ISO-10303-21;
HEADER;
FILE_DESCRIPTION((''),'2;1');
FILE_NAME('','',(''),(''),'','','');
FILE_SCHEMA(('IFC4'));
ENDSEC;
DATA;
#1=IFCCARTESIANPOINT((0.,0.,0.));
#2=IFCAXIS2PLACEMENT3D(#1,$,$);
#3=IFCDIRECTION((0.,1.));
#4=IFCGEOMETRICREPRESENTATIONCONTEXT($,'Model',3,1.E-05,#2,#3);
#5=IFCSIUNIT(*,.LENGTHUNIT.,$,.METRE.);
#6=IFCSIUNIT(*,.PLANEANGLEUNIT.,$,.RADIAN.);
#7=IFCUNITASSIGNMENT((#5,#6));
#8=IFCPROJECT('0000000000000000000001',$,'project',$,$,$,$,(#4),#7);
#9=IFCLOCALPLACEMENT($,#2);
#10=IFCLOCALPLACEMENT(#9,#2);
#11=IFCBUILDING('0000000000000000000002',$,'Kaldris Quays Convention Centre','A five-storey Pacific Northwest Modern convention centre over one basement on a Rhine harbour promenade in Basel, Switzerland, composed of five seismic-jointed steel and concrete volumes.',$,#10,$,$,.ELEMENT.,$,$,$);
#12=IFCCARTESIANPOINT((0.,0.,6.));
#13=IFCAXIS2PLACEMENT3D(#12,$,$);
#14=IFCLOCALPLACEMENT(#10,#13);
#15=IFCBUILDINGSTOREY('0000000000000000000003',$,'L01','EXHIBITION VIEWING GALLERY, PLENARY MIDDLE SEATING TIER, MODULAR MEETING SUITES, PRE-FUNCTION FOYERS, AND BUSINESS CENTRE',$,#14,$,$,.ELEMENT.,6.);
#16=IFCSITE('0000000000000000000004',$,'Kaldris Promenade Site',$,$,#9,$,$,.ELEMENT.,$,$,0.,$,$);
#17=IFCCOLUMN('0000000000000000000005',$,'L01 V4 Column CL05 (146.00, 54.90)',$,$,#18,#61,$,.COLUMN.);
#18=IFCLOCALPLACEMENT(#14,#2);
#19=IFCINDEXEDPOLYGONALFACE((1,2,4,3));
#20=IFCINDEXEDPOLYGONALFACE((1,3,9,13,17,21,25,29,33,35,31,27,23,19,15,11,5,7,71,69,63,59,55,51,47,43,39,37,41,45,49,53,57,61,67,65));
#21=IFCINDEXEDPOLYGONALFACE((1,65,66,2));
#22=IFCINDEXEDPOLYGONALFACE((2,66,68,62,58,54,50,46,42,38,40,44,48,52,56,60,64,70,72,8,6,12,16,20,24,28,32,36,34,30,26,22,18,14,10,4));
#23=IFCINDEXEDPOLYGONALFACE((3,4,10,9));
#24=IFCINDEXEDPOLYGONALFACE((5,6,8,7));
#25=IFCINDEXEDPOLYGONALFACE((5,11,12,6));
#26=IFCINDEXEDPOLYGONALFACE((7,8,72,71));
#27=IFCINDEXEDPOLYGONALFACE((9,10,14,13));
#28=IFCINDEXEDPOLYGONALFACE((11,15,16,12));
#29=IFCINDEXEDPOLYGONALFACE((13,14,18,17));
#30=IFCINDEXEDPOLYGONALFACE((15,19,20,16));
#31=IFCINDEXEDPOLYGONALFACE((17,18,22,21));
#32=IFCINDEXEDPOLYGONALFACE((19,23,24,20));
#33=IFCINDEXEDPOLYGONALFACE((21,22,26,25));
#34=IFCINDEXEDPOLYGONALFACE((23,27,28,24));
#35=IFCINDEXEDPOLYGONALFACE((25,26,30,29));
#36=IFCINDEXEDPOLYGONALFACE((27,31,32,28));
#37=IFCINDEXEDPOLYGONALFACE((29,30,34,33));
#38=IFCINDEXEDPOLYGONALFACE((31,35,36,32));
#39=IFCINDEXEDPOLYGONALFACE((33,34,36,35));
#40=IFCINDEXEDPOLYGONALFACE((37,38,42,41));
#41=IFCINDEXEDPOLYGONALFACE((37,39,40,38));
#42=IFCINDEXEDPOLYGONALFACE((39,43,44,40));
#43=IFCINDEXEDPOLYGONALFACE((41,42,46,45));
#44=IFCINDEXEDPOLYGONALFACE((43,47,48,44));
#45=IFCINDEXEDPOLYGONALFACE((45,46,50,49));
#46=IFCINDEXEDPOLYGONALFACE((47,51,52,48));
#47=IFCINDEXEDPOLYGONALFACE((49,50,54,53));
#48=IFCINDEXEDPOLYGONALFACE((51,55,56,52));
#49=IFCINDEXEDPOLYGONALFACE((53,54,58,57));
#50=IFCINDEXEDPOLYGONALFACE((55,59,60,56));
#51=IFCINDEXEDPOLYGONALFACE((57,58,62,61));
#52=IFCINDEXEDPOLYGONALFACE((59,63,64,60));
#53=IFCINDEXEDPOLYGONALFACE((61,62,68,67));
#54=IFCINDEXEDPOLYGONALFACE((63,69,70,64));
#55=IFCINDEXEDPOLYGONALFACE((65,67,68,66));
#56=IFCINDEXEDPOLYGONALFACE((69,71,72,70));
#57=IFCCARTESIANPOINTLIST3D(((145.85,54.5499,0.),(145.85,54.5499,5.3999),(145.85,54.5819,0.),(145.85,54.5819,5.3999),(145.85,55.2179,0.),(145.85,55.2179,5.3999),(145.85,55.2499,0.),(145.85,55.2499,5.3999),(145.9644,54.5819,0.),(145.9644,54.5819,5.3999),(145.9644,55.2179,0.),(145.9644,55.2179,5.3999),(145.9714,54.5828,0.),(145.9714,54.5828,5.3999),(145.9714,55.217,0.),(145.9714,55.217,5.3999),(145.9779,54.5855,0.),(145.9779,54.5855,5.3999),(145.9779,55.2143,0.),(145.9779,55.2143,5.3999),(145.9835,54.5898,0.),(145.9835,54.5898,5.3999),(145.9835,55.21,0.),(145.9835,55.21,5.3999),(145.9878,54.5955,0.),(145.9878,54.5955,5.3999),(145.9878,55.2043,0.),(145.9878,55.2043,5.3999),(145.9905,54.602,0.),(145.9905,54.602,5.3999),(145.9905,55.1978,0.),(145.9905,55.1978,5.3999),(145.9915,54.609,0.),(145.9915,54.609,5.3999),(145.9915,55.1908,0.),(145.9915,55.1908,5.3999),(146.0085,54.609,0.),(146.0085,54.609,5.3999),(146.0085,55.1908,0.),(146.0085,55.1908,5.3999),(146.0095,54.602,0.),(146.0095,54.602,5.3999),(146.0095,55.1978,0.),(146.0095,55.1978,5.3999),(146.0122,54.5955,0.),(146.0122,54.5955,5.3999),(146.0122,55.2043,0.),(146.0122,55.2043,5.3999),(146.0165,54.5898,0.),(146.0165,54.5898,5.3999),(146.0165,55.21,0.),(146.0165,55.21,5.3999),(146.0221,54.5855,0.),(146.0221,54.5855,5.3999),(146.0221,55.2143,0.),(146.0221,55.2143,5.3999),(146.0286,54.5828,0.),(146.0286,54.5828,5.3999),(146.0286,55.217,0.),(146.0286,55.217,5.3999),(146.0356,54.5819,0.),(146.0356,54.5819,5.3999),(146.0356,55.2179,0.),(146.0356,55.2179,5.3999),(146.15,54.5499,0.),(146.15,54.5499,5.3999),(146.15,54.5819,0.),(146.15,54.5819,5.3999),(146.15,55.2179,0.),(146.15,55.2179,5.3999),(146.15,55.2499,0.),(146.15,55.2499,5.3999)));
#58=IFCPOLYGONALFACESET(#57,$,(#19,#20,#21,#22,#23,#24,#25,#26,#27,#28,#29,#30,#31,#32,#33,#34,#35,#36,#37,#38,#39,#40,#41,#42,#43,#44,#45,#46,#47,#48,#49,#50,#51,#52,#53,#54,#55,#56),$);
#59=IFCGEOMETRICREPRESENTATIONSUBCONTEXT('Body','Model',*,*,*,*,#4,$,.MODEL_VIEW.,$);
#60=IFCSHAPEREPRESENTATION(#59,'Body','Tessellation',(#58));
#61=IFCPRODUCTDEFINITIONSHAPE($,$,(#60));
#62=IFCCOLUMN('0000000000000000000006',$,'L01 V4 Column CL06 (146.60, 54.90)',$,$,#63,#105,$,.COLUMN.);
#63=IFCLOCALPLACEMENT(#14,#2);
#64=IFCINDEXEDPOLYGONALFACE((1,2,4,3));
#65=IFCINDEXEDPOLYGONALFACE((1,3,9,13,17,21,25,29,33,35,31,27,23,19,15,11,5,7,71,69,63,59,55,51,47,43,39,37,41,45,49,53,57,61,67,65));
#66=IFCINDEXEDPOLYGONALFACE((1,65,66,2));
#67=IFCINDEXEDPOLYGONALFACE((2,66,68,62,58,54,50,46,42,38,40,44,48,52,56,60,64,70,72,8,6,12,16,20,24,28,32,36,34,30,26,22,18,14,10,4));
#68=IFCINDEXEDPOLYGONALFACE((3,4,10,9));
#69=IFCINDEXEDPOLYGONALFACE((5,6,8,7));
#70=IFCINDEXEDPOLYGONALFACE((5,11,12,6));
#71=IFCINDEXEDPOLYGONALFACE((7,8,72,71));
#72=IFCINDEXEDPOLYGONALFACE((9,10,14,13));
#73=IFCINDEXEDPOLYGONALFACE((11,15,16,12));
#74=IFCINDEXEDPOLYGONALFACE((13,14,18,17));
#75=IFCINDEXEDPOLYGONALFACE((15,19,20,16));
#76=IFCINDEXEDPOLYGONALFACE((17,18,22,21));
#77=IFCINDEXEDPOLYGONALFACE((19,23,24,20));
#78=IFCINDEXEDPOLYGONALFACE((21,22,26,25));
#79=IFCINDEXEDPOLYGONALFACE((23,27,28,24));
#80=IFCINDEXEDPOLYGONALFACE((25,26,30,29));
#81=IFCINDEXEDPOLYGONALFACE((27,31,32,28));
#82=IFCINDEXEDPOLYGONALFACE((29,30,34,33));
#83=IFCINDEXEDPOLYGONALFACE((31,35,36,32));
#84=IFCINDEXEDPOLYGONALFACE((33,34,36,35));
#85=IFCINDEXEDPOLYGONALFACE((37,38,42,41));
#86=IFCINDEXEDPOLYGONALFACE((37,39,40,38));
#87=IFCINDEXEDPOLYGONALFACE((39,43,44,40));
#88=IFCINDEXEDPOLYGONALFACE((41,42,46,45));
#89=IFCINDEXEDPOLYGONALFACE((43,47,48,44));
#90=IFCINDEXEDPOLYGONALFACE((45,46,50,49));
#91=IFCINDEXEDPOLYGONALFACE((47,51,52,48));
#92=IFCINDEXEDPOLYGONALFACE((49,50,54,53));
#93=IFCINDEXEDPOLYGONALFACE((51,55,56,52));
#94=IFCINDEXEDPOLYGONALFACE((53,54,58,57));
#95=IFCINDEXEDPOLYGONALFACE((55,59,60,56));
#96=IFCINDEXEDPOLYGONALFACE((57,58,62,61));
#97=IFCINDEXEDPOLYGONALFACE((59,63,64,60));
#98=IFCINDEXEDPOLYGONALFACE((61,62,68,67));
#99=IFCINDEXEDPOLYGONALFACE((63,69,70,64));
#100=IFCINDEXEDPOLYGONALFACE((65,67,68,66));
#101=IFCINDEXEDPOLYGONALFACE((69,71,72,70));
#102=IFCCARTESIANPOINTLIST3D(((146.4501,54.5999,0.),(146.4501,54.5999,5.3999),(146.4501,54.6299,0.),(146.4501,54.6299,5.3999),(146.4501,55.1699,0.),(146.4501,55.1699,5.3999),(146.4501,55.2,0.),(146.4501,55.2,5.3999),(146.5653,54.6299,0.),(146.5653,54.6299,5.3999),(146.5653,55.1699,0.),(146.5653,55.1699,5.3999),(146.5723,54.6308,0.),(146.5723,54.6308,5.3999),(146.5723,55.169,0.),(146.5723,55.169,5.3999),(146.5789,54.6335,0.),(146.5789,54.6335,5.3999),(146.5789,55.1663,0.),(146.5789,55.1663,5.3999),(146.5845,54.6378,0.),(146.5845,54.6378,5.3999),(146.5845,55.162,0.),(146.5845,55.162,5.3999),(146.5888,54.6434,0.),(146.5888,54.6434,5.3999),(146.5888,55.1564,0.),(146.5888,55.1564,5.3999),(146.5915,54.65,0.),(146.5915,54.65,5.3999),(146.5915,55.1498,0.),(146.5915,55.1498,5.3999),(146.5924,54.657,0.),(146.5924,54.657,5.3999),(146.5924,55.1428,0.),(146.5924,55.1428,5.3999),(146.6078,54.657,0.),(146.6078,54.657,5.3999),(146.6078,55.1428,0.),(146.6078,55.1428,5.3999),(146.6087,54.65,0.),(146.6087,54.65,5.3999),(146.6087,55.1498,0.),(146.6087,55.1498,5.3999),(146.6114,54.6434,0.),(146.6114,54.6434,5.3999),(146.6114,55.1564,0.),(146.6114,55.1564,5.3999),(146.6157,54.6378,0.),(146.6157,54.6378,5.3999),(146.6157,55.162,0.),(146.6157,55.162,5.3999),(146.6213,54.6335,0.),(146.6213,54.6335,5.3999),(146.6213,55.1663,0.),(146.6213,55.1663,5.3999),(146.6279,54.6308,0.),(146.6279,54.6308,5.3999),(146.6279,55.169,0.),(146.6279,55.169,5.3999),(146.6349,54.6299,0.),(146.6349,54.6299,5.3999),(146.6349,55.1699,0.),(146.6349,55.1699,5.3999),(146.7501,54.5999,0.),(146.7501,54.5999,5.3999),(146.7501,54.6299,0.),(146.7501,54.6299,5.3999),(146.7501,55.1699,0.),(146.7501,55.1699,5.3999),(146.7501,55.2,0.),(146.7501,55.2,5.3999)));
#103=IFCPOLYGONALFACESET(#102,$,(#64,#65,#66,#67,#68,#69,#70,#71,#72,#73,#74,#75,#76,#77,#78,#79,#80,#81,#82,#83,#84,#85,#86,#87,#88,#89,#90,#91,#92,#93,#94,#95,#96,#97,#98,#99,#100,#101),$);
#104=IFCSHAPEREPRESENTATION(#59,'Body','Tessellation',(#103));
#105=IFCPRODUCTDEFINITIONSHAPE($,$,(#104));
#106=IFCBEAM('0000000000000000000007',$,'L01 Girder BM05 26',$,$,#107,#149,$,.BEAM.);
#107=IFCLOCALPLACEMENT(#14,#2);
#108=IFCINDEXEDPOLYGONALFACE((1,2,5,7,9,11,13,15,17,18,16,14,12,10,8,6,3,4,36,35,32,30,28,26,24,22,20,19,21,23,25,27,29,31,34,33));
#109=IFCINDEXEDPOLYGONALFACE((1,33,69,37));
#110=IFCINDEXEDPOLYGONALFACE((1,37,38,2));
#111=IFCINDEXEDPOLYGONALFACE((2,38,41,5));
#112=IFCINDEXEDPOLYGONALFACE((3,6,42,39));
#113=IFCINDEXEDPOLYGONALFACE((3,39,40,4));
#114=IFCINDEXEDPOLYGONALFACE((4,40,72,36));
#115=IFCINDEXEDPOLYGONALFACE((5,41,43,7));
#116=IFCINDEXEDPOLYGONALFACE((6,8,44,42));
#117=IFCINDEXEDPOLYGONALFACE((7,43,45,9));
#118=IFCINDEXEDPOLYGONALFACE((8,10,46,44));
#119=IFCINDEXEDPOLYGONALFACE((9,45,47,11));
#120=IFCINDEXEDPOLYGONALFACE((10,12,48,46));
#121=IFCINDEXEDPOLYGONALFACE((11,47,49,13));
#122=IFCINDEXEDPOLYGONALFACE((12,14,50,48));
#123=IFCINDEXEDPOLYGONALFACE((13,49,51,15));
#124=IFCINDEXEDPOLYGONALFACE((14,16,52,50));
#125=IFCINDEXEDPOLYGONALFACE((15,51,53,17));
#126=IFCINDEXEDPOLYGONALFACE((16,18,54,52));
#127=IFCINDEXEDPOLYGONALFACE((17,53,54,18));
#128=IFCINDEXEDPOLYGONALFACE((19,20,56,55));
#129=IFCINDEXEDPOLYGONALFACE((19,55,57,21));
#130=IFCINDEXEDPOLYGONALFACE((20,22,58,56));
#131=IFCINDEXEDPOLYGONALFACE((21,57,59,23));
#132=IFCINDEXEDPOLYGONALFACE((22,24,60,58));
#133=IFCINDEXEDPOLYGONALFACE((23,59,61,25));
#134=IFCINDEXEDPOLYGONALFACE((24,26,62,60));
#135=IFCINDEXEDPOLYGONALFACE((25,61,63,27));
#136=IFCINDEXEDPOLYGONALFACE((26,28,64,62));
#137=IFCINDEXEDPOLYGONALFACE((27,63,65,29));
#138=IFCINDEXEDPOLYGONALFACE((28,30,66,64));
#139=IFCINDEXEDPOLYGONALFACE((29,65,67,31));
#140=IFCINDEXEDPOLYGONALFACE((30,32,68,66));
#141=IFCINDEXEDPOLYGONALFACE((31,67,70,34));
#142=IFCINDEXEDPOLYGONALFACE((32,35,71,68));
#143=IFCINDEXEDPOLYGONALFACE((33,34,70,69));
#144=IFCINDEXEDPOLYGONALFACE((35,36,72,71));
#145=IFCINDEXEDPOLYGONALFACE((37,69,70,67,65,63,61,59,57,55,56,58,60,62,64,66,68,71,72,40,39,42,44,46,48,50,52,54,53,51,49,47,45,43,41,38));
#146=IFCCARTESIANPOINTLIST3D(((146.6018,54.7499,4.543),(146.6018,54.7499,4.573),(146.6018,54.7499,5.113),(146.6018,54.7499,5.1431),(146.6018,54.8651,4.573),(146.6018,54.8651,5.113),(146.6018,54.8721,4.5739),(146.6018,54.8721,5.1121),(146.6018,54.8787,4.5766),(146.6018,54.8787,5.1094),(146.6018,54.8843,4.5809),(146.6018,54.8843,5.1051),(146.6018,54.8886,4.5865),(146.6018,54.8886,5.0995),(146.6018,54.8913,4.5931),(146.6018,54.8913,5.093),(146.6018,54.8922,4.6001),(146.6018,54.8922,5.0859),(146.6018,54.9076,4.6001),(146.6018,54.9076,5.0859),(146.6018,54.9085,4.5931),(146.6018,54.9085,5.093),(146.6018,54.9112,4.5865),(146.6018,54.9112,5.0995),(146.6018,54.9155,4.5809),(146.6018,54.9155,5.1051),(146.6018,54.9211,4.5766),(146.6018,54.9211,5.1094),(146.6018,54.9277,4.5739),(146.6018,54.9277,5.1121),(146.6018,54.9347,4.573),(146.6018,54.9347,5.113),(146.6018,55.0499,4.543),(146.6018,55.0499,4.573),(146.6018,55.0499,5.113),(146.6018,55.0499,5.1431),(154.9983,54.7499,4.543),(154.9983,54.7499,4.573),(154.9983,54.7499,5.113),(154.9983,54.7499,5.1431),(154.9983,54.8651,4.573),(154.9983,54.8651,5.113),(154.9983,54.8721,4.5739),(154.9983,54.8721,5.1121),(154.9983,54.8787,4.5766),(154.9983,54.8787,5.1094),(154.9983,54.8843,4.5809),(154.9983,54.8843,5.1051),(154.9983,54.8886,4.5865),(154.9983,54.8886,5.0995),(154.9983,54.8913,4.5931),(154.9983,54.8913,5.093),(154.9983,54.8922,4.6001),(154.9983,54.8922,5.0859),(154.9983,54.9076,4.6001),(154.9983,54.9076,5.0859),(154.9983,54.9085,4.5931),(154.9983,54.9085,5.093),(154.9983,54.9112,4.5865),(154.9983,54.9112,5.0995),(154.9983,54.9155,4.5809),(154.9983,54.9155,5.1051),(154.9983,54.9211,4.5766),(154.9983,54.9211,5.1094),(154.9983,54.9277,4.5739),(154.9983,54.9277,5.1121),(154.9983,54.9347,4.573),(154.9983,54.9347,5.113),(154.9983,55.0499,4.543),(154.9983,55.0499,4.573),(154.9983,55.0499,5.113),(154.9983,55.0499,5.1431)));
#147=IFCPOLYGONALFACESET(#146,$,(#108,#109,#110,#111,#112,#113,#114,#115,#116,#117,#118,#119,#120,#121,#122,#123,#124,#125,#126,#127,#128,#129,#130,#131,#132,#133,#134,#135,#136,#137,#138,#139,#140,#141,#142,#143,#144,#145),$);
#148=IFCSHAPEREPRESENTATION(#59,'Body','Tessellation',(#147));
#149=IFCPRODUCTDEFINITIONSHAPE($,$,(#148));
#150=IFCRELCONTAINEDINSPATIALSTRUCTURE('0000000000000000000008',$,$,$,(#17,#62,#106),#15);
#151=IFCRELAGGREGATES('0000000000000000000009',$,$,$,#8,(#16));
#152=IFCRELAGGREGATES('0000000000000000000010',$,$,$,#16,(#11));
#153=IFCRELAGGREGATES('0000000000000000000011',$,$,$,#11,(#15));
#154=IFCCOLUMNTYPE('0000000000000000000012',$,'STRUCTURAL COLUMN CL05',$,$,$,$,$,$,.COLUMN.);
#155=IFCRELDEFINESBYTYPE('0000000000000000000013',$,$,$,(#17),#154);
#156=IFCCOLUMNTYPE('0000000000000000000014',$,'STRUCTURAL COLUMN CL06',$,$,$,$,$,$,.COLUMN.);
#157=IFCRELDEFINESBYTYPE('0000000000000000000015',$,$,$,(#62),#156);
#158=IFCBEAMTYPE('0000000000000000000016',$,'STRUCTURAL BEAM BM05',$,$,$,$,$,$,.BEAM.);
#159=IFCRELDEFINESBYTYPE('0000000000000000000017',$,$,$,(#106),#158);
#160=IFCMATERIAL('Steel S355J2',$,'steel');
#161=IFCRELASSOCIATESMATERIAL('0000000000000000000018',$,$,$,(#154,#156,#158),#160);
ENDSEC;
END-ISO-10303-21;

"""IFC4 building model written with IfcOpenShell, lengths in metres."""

from ifc_helpers import new_model, si_unit, direction, frame, origin, origin_2d, place, context, subcontext, project, spatial, i_section, extrude, material, material_profile, profile_set, type_object, element, save


model = new_model("IFC4")

# Units and contexts
model_context = context("Model", 3, precision=1e-05, world=origin(), true_north=direction((0.0, 1.0)))
body_context = subcontext(model_context, "Body", "Model", "MODEL_VIEW")
ifc_project = project(units=[si_unit("LENGTHUNIT", "METRE"), si_unit("PLANEANGLEUNIT", "RADIAN")], contexts=[model_context])

# Site, building, storey
site_placement = place(None, origin())
site = spatial("IfcSite", under=ifc_project, at=site_placement, Name="Kaldris Promenade Site", CompositionType="ELEMENT", RefElevation=0.0)
building_placement = place(site_placement, origin())
building = spatial("IfcBuilding", under=site, at=building_placement, Name="Kaldris Quays Convention Centre", Description="A five-storey Pacific Northwest Modern convention centre over one basement on a Rhine harbour promenade in Basel, Switzerland, composed of five seismic-jointed steel and concrete volumes.", CompositionType="ELEMENT")
storey_placement = place(building_placement, frame((0.0, 0.0, 6.0)))
storey = spatial("IfcBuildingStorey", under=building, at=storey_placement, Name="L01", Description="EXHIBITION VIEWING GALLERY, PLENARY MIDDLE SEATING TIER, MODULAR MEETING SUITES, PRE-FUNCTION FOYERS, AND BUSINESS CENTRE", CompositionType="ELEMENT", Elevation=6.0)

# Columns
ifc_material_1 = material(Name="Steel S355J2", Category="steel")
ifc_material_profile_1 = material_profile(ifc_material_1, i_section(OverallWidth=0.3, OverallDepth=0.7, WebThickness=0.0171, FlangeThickness=0.032, FilletRadius=0.0271, at=origin_2d()), Name="HEB 700")
ifc_profile_set_1 = profile_set([ifc_material_profile_1], Name="Steel S355J2")
column_type_1 = type_object("IfcColumnType", Name="STRUCTURAL COLUMN CL05", PredefinedType="COLUMN", material=ifc_profile_set_1)
column_1_placement = place(storey_placement, frame((146.0, 54.8999, 0.0), z_axis=(0.0, 0.0, 1.0), x_axis=(1.0, 0.0, 0.0)))
element("IfcColumn", 1, at=column_1_placement, inside=storey, type_object=column_type_1, Name="L01 V4 Column CL05 (146.00, 54.90)", PredefinedType="COLUMN", context=body_context, shape_type="SweptSolid", body=[
    extrude(i_section(OverallWidth=0.3, OverallDepth=0.7, WebThickness=0.0171, FlangeThickness=0.032, FilletRadius=0.0271, at=origin_2d()), origin(), (0.0, 0.0, 1.0), 5.3999),
])
ifc_material_profile_2 = material_profile(ifc_material_1, i_section(OverallWidth=0.3, OverallDepth=0.6001, WebThickness=0.0154, FlangeThickness=0.03, FilletRadius=0.0271, at=origin_2d()), Name="HEB 600")
ifc_profile_set_2 = profile_set([ifc_material_profile_2], Name="Steel S355J2")
column_type_2 = type_object("IfcColumnType", Name="STRUCTURAL COLUMN CL06", PredefinedType="COLUMN", material=ifc_profile_set_2)
column_2_placement = place(storey_placement, frame((146.6001, 54.8999, 0.0), z_axis=(0.0, 0.0, 1.0), x_axis=(1.0, 0.0, 0.0)))
element("IfcColumn", 2, at=column_2_placement, inside=storey, type_object=column_type_2, Name="L01 V4 Column CL06 (146.60, 54.90)", PredefinedType="COLUMN", context=body_context, shape_type="SweptSolid", body=[
    extrude(i_section(OverallWidth=0.3, OverallDepth=0.6001, WebThickness=0.0154, FlangeThickness=0.03, FilletRadius=0.0271, at=origin_2d()), origin(), (0.0, 0.0, 1.0), 5.3999),
])

# Beam
ifc_material_profile_3 = material_profile(ifc_material_1, i_section(OverallWidth=0.3, OverallDepth=0.6001, WebThickness=0.0154, FlangeThickness=0.03, FilletRadius=0.0271, at=origin_2d()), Name="HEB 600")
ifc_profile_set_3 = profile_set([ifc_material_profile_3], Name="Steel S355J2")
beam_type_1 = type_object("IfcBeamType", Name="STRUCTURAL BEAM BM05", PredefinedType="BEAM", material=ifc_profile_set_3)
beam_1_placement = place(storey_placement, frame((146.6018, 54.8999, 4.843), z_axis=(1.0, 0.0, 0.0), x_axis=(0.0, 1.0, 0.0)))
element("IfcBeam", 3, at=beam_1_placement, inside=storey, type_object=beam_type_1, Name="L01 Girder BM05 26", PredefinedType="BEAM", context=body_context, shape_type="SweptSolid", body=[
    extrude(i_section(OverallWidth=0.3, OverallDepth=0.6001, WebThickness=0.0154, FlangeThickness=0.03, FilletRadius=0.0271, at=origin_2d()), origin(), (0.0, 0.0, 1.0), 8.3965),
])

save(model, "model.ifc")
